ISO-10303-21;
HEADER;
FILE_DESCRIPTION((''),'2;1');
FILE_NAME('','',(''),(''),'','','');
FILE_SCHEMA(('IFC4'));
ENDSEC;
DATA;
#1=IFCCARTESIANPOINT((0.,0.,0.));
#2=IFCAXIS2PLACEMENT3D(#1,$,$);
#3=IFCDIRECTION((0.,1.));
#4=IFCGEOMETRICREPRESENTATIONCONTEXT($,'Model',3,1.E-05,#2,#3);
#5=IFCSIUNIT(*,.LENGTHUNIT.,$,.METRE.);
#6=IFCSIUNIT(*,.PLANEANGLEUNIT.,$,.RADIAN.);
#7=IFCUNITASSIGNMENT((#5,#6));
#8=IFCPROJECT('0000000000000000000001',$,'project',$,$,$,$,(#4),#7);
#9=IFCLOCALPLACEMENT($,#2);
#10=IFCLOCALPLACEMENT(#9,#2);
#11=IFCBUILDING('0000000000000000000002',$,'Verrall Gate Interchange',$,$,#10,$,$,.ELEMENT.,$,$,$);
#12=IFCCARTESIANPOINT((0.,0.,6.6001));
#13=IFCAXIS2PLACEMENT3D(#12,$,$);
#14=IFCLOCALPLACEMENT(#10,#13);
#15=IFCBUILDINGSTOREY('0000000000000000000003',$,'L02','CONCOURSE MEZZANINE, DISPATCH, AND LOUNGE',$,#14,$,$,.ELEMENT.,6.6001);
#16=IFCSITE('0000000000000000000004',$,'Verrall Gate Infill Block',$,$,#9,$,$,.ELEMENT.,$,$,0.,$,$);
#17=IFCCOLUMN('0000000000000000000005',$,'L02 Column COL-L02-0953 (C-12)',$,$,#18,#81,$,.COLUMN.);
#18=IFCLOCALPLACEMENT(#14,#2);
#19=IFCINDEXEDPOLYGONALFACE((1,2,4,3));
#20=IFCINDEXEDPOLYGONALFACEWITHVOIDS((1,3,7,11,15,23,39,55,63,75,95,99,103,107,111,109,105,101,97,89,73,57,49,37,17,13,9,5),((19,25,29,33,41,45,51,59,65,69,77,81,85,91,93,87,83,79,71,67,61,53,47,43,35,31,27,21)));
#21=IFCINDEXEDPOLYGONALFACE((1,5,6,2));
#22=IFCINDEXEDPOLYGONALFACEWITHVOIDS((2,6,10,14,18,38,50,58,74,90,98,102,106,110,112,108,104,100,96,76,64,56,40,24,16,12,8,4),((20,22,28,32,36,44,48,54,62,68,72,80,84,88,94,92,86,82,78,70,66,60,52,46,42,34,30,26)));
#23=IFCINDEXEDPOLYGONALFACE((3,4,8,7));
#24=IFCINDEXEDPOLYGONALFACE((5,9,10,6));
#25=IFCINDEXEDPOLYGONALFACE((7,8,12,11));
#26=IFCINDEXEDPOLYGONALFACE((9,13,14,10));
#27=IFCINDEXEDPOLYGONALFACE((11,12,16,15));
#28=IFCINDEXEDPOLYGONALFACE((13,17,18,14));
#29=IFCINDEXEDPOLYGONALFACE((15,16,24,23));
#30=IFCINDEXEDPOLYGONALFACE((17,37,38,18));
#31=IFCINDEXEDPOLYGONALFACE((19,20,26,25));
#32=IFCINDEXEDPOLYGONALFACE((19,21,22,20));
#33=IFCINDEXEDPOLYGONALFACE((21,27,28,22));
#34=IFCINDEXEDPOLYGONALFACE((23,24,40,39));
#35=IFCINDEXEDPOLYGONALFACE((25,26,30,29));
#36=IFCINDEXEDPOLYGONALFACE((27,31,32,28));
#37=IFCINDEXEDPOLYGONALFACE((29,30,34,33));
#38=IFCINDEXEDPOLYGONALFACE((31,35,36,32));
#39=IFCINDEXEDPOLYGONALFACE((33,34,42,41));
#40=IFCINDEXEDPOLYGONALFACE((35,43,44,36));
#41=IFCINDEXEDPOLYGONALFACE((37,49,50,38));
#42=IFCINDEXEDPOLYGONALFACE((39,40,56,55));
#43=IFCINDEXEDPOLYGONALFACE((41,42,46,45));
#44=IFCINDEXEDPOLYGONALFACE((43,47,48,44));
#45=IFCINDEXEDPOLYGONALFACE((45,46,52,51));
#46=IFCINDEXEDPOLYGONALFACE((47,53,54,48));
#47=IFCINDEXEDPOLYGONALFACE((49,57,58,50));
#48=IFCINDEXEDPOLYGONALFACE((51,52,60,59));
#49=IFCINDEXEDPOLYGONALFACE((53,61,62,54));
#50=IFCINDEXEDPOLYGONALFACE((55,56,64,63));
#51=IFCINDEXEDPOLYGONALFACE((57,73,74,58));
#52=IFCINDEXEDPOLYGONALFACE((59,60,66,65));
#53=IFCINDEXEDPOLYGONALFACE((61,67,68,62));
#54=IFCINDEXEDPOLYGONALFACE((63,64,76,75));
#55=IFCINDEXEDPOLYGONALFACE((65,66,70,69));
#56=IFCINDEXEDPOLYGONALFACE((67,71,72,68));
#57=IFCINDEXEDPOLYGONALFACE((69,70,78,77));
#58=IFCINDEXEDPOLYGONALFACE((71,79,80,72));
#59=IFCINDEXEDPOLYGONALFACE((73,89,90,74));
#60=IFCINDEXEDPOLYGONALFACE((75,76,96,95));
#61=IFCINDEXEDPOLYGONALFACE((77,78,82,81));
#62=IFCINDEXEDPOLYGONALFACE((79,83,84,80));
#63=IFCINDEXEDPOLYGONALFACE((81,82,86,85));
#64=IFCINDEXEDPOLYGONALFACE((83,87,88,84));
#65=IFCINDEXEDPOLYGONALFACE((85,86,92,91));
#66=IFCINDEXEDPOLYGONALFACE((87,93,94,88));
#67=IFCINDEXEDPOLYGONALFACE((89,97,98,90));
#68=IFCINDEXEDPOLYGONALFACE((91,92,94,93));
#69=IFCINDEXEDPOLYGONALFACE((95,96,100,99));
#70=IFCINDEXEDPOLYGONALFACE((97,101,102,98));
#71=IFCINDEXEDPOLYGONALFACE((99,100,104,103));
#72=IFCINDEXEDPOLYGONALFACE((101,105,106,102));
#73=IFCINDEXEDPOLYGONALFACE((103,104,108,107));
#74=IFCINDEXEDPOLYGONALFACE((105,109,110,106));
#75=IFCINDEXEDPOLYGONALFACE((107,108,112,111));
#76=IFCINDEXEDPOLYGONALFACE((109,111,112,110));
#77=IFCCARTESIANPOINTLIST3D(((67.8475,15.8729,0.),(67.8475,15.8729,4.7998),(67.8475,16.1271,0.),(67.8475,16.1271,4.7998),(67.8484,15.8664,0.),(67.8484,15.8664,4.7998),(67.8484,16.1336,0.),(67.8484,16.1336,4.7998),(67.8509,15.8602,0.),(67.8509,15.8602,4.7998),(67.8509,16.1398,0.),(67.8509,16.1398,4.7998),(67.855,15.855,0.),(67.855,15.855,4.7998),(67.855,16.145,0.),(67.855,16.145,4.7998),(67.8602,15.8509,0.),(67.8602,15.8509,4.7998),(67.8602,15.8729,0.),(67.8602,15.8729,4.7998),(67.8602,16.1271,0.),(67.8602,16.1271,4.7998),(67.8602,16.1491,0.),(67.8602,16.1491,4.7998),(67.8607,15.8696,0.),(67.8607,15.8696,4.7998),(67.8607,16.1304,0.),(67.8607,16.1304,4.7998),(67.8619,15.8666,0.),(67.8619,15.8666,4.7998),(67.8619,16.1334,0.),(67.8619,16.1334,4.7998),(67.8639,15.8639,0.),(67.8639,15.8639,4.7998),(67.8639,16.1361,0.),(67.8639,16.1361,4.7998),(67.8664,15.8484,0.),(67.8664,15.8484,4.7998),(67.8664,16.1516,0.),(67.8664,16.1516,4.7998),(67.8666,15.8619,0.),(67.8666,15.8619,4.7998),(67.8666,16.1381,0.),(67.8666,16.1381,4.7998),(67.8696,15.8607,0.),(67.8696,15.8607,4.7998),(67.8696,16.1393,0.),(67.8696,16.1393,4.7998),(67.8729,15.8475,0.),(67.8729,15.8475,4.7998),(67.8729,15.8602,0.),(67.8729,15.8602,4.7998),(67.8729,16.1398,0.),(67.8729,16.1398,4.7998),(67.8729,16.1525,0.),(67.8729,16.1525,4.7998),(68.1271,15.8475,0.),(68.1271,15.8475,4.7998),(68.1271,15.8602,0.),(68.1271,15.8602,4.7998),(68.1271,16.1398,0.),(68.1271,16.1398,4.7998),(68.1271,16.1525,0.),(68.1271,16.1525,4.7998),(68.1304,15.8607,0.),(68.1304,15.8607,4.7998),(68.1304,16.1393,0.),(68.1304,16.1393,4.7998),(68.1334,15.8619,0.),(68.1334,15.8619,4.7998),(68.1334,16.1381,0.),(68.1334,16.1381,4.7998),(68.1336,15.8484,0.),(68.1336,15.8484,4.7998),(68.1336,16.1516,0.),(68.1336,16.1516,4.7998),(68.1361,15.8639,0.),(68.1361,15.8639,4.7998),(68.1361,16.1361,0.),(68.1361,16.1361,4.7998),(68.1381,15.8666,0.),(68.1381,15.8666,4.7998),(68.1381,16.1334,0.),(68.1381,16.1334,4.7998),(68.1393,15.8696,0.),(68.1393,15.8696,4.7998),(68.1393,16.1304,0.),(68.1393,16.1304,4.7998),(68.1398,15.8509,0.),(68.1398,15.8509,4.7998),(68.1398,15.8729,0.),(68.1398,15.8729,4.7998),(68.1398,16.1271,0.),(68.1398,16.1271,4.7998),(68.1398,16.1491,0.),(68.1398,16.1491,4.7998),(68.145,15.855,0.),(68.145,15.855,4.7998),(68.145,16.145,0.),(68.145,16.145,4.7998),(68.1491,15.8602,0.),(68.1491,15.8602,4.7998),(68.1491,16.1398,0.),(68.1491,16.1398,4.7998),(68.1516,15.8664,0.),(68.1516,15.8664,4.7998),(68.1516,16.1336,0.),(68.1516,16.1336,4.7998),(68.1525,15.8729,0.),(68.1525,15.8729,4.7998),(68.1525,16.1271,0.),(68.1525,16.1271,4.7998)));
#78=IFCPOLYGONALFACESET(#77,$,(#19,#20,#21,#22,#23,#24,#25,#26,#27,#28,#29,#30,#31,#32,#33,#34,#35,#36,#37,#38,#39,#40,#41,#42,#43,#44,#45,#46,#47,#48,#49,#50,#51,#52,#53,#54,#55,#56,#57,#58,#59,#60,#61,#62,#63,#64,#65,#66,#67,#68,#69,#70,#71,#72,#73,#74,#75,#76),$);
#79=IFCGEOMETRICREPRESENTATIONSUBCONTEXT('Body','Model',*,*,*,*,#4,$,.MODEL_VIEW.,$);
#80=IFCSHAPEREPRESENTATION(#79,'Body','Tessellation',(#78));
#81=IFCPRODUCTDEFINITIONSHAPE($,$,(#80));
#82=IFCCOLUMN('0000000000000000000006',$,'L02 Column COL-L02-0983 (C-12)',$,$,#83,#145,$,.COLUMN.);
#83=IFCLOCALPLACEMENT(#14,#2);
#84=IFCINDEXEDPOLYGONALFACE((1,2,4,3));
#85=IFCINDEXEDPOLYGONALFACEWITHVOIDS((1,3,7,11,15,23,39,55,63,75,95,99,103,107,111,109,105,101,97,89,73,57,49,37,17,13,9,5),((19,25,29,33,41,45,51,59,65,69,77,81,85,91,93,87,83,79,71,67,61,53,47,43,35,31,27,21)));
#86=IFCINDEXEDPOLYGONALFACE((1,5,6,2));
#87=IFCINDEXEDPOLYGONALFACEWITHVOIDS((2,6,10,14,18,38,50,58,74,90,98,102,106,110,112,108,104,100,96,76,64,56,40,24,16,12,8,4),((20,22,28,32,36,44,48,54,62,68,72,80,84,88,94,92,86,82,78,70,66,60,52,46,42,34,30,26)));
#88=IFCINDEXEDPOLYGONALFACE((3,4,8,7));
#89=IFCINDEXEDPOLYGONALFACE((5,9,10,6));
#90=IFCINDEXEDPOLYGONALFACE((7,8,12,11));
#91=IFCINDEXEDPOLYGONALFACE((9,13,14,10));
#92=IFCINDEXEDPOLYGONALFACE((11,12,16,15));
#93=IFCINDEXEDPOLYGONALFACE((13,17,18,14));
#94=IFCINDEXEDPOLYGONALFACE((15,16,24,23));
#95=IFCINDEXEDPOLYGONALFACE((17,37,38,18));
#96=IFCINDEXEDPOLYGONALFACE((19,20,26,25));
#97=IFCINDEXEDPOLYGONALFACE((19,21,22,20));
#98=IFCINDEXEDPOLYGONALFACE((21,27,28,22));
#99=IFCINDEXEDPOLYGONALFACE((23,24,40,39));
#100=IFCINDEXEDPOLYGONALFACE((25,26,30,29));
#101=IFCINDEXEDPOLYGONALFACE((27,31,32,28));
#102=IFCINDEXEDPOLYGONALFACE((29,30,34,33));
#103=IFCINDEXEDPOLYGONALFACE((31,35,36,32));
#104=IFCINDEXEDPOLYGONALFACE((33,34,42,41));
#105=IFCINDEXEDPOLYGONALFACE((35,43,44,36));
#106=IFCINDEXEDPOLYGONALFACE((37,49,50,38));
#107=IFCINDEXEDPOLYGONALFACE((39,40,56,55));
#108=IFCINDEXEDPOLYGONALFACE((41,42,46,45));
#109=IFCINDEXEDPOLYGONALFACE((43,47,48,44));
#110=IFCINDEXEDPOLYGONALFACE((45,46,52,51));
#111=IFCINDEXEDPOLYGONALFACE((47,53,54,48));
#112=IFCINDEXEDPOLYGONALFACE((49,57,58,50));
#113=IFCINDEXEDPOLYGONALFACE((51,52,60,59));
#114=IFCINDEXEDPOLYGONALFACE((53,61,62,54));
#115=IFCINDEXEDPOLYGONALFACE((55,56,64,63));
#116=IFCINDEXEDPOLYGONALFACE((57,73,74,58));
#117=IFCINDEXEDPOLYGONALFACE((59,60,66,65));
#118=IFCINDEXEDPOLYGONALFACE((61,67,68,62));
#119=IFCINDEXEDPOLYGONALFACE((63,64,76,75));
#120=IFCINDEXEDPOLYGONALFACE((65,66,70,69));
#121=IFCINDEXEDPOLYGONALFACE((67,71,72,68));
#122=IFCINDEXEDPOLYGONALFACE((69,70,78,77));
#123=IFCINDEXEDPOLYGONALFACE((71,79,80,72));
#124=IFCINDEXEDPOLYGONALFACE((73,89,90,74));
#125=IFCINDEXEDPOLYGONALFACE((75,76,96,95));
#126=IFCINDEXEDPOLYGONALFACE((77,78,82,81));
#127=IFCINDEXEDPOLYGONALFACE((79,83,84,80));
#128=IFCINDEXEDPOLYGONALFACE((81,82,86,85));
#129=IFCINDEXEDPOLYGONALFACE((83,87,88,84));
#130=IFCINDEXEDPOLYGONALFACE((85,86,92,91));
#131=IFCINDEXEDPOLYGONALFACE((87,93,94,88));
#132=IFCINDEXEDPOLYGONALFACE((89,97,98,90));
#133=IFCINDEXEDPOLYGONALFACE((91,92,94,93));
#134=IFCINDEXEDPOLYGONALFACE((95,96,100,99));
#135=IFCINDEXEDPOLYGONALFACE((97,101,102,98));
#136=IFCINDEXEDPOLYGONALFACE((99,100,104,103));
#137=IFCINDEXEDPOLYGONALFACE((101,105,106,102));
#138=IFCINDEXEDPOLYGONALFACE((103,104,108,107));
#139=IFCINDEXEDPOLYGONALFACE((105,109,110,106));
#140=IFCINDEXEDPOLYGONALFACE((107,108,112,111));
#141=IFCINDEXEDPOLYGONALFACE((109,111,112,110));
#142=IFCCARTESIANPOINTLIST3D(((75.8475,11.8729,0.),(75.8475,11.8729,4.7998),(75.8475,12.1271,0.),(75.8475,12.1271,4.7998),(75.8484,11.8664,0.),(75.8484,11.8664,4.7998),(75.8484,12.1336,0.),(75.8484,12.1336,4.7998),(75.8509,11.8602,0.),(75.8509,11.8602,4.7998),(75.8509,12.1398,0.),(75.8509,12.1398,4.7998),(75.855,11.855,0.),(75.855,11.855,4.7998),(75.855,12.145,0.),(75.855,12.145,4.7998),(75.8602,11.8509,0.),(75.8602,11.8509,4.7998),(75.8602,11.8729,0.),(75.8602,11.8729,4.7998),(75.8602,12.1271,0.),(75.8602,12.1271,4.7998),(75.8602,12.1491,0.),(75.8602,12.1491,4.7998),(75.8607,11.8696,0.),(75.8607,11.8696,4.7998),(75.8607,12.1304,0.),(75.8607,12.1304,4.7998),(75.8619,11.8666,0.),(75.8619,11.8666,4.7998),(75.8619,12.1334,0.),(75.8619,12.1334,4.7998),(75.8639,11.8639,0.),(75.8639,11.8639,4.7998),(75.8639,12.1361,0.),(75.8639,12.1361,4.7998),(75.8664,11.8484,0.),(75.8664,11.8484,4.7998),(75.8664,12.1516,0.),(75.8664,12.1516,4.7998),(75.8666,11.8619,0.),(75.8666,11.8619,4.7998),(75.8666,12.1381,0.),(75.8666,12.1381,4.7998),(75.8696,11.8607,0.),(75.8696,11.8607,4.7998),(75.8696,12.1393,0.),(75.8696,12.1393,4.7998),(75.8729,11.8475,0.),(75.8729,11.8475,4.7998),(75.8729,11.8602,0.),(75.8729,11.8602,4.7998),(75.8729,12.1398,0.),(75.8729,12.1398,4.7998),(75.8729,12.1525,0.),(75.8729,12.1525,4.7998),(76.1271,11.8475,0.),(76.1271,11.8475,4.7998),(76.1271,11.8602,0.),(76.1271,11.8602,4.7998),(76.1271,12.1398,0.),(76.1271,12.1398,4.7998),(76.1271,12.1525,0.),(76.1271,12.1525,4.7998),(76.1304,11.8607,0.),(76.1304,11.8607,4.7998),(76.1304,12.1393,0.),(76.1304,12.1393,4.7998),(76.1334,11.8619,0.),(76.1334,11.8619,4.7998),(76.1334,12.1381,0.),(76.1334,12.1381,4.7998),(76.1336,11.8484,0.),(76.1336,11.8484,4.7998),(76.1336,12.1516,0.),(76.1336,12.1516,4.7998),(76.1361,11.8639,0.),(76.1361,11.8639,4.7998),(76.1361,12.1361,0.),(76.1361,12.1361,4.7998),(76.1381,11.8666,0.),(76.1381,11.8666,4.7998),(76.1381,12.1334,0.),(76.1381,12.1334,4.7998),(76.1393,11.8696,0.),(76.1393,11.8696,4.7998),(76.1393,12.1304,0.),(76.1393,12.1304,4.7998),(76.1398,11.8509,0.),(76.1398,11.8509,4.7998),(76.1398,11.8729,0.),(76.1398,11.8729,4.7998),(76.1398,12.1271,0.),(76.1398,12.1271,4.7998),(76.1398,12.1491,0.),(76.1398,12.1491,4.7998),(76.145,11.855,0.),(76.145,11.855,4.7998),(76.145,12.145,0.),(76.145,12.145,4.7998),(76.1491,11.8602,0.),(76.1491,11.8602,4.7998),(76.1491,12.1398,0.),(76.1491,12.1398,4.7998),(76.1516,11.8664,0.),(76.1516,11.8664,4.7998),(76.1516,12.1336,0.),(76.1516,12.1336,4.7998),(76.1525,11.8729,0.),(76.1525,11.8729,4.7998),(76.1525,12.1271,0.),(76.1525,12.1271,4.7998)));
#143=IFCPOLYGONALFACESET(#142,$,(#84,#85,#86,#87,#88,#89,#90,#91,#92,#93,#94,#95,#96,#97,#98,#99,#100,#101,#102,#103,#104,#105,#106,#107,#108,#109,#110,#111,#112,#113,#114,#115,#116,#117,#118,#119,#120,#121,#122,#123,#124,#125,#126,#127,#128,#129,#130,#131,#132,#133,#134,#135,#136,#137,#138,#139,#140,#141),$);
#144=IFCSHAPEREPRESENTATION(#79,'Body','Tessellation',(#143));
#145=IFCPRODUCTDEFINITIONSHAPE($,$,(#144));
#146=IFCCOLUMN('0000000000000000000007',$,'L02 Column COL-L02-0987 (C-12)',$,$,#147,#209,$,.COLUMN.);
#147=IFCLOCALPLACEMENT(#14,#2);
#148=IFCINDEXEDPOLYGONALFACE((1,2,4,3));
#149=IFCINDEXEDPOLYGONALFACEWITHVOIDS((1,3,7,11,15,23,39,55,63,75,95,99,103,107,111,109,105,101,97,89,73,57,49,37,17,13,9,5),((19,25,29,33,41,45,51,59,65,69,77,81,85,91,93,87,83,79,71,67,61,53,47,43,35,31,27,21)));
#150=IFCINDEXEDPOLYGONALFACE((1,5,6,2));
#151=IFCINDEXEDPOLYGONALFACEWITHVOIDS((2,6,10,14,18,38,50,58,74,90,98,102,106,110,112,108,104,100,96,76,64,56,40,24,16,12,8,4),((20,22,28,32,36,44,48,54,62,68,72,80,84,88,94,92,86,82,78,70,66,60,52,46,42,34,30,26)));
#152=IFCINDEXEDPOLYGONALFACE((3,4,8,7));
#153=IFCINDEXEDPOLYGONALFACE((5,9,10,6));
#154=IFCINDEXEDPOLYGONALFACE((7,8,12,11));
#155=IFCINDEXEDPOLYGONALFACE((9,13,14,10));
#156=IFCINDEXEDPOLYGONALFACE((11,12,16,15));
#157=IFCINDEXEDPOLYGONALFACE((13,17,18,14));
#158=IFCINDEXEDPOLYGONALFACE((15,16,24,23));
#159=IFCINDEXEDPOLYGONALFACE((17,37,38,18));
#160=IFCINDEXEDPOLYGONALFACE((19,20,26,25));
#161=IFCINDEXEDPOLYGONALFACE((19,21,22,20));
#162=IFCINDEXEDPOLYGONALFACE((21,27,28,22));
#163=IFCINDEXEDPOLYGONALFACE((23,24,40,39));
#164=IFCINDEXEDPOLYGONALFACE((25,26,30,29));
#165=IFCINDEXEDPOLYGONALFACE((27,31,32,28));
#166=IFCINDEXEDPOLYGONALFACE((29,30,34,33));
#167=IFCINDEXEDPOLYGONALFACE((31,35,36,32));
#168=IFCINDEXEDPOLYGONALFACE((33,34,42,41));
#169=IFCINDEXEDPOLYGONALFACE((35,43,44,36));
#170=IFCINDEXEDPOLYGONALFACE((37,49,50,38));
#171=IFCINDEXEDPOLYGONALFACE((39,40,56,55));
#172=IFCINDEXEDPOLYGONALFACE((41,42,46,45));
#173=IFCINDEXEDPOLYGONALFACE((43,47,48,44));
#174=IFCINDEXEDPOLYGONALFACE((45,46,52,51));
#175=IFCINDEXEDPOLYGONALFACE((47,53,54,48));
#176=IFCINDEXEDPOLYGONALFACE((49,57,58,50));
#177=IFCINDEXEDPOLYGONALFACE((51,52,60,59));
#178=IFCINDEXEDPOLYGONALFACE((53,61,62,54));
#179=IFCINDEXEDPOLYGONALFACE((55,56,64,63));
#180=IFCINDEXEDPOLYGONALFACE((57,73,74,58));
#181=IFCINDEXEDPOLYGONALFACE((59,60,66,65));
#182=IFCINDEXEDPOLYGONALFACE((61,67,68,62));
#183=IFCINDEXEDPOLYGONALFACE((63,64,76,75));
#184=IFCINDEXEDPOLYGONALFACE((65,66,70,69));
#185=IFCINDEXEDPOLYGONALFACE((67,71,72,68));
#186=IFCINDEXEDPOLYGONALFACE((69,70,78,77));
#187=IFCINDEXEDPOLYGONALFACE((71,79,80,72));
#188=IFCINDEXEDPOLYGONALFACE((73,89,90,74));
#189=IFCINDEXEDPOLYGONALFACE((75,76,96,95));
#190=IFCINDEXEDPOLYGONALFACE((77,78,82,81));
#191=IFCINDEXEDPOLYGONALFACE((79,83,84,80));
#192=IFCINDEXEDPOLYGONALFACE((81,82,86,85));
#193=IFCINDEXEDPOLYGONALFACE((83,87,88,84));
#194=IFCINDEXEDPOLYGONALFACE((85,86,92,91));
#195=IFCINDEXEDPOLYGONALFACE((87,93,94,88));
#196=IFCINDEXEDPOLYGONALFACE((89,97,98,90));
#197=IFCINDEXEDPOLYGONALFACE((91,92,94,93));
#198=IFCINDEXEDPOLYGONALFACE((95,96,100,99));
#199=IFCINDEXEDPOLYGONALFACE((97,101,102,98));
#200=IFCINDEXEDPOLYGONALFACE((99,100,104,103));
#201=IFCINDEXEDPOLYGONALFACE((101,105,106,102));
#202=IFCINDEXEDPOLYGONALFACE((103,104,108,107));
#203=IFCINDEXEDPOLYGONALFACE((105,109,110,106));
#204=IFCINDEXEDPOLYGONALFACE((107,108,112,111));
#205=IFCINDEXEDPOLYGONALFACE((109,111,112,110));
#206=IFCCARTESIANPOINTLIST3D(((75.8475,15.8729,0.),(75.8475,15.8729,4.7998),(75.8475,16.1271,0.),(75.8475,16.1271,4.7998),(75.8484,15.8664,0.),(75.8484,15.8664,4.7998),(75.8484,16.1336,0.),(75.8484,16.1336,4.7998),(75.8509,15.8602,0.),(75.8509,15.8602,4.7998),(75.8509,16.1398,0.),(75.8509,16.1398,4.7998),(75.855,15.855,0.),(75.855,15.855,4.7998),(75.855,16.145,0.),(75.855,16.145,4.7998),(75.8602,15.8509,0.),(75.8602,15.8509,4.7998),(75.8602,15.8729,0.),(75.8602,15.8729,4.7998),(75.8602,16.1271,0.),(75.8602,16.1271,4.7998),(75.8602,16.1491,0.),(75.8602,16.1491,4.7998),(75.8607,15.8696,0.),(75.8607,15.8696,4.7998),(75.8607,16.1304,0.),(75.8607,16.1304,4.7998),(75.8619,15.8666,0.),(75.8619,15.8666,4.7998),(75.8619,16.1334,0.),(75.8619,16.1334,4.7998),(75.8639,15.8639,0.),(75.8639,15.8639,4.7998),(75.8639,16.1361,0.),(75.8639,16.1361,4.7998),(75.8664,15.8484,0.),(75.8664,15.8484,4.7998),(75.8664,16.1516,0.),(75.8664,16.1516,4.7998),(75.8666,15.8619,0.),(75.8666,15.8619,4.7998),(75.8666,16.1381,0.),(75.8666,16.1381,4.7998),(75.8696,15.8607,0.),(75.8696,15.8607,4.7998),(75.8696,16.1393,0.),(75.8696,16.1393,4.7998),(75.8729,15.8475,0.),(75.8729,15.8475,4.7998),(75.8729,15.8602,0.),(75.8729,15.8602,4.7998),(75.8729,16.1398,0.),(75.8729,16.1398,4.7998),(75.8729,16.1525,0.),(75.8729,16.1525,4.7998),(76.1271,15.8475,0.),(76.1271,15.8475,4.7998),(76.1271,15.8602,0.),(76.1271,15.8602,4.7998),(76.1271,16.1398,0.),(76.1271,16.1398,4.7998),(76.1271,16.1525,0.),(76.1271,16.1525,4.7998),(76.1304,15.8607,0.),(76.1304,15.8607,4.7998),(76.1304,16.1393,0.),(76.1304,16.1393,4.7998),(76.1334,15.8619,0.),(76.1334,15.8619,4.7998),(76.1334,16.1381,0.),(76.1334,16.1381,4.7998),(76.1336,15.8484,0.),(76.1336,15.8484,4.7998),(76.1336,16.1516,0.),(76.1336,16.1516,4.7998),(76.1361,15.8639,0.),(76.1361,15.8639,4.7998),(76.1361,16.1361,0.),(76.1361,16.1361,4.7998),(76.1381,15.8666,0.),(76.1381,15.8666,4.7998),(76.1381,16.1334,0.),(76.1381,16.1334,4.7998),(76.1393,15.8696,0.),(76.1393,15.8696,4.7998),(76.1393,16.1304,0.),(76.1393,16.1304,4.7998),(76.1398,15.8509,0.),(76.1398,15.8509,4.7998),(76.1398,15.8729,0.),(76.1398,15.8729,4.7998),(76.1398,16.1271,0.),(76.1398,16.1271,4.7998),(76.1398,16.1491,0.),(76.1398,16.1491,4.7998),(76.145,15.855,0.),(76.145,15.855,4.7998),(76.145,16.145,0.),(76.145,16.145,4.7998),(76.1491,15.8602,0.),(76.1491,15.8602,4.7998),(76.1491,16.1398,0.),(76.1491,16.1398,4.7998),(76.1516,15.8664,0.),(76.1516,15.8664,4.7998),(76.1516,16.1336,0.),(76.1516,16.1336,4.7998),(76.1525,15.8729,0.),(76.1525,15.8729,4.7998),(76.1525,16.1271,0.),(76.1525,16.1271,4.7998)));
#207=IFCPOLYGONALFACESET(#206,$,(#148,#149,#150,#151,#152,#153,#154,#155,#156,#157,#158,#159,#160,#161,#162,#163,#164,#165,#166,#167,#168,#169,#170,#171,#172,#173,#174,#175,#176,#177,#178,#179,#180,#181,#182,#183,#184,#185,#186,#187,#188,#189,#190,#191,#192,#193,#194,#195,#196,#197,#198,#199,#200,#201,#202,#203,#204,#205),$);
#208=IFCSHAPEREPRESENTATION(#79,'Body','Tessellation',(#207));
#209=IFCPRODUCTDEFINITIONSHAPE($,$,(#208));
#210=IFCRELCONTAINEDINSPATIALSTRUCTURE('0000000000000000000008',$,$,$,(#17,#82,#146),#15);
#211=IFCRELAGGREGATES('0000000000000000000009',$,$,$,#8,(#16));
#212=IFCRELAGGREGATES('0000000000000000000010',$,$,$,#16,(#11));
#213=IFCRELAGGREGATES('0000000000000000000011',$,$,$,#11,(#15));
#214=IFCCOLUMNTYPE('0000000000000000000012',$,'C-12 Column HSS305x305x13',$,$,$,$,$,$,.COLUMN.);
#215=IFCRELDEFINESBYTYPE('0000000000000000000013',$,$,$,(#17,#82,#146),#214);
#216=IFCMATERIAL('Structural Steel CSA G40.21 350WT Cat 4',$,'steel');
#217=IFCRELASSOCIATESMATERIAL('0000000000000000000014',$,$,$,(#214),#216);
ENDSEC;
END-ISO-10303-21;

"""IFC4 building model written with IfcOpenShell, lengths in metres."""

from ifc_helpers import new_model, si_unit, direction, frame, origin, origin_2d, place, context, subcontext, project, spatial, hollow_rectangle, extrude, material, material_profile, profile_set, type_object, element, save


model = new_model("IFC4")

# Units and contexts
model_context = context("Model", 3, precision=1e-05, world=origin(), true_north=direction((0.0, 1.0)))
body_context = subcontext(model_context, "Body", "Model", "MODEL_VIEW")
ifc_project = project(units=[si_unit("LENGTHUNIT", "METRE"), si_unit("PLANEANGLEUNIT", "RADIAN")], contexts=[model_context])

# Site, building, storey
site_placement = place(None, origin())
site = spatial("IfcSite", under=ifc_project, at=site_placement, Name="Verrall Gate Infill Block", CompositionType="ELEMENT", RefElevation=0.0)
building_placement = place(site_placement, origin())
building = spatial("IfcBuilding", under=site, at=building_placement, Name="Verrall Gate Interchange", CompositionType="ELEMENT")
storey_placement = place(building_placement, frame((0.0, 0.0, 6.6001)))
storey = spatial("IfcBuildingStorey", under=building, at=storey_placement, Name="L02", Description="CONCOURSE MEZZANINE, DISPATCH, AND LOUNGE", CompositionType="ELEMENT", Elevation=6.6001)

# Columns
ifc_material_1 = material(Name="Structural Steel CSA G40.21 350WT Cat 4", Category="steel")
ifc_material_profile_1 = material_profile(ifc_material_1, hollow_rectangle(XDim=0.3049, YDim=0.3049, WallThickness=0.0127, InnerFilletRadius=0.0127, OuterFilletRadius=0.0254, at=origin_2d()), Name="HSS305x305x13")
ifc_profile_set_1 = profile_set([ifc_material_profile_1], Name="Structural Steel CSA G40.21 350WT Cat 4")
column_type = type_object("IfcColumnType", Name="C-12 Column HSS305x305x13", PredefinedType="COLUMN", material=ifc_profile_set_1)
for number, where, z_axis, x_axis, name in (
    (1, (68.0, 16.0, 0.0), (0.0, 0.0, 1.0), (1.0, 0.0, 0.0), "L02 Column COL-L02-0953 (C-12)"),
    (2, (76.0, 12.0, 0.0), (0.0, 0.0, 1.0), (1.0, 0.0, 0.0), "L02 Column COL-L02-0983 (C-12)"),
    (3, (76.0, 16.0, 0.0), (0.0, 0.0, 1.0), (1.0, 0.0, 0.0), "L02 Column COL-L02-0987 (C-12)"),
):
    element("IfcColumn", number, at=place(storey_placement, frame(where, z_axis=z_axis, x_axis=x_axis)), inside=storey, type_object=column_type, Name=name, PredefinedType="COLUMN", context=body_context, shape_type="SweptSolid", body=[
        extrude(hollow_rectangle(XDim=0.3049, YDim=0.3049, WallThickness=0.0127, InnerFilletRadius=0.0127, OuterFilletRadius=0.0254, at=origin_2d()), origin(), (0.0, 0.0, 1.0), 4.7998),
    ])

save(model, "model.ifc")
